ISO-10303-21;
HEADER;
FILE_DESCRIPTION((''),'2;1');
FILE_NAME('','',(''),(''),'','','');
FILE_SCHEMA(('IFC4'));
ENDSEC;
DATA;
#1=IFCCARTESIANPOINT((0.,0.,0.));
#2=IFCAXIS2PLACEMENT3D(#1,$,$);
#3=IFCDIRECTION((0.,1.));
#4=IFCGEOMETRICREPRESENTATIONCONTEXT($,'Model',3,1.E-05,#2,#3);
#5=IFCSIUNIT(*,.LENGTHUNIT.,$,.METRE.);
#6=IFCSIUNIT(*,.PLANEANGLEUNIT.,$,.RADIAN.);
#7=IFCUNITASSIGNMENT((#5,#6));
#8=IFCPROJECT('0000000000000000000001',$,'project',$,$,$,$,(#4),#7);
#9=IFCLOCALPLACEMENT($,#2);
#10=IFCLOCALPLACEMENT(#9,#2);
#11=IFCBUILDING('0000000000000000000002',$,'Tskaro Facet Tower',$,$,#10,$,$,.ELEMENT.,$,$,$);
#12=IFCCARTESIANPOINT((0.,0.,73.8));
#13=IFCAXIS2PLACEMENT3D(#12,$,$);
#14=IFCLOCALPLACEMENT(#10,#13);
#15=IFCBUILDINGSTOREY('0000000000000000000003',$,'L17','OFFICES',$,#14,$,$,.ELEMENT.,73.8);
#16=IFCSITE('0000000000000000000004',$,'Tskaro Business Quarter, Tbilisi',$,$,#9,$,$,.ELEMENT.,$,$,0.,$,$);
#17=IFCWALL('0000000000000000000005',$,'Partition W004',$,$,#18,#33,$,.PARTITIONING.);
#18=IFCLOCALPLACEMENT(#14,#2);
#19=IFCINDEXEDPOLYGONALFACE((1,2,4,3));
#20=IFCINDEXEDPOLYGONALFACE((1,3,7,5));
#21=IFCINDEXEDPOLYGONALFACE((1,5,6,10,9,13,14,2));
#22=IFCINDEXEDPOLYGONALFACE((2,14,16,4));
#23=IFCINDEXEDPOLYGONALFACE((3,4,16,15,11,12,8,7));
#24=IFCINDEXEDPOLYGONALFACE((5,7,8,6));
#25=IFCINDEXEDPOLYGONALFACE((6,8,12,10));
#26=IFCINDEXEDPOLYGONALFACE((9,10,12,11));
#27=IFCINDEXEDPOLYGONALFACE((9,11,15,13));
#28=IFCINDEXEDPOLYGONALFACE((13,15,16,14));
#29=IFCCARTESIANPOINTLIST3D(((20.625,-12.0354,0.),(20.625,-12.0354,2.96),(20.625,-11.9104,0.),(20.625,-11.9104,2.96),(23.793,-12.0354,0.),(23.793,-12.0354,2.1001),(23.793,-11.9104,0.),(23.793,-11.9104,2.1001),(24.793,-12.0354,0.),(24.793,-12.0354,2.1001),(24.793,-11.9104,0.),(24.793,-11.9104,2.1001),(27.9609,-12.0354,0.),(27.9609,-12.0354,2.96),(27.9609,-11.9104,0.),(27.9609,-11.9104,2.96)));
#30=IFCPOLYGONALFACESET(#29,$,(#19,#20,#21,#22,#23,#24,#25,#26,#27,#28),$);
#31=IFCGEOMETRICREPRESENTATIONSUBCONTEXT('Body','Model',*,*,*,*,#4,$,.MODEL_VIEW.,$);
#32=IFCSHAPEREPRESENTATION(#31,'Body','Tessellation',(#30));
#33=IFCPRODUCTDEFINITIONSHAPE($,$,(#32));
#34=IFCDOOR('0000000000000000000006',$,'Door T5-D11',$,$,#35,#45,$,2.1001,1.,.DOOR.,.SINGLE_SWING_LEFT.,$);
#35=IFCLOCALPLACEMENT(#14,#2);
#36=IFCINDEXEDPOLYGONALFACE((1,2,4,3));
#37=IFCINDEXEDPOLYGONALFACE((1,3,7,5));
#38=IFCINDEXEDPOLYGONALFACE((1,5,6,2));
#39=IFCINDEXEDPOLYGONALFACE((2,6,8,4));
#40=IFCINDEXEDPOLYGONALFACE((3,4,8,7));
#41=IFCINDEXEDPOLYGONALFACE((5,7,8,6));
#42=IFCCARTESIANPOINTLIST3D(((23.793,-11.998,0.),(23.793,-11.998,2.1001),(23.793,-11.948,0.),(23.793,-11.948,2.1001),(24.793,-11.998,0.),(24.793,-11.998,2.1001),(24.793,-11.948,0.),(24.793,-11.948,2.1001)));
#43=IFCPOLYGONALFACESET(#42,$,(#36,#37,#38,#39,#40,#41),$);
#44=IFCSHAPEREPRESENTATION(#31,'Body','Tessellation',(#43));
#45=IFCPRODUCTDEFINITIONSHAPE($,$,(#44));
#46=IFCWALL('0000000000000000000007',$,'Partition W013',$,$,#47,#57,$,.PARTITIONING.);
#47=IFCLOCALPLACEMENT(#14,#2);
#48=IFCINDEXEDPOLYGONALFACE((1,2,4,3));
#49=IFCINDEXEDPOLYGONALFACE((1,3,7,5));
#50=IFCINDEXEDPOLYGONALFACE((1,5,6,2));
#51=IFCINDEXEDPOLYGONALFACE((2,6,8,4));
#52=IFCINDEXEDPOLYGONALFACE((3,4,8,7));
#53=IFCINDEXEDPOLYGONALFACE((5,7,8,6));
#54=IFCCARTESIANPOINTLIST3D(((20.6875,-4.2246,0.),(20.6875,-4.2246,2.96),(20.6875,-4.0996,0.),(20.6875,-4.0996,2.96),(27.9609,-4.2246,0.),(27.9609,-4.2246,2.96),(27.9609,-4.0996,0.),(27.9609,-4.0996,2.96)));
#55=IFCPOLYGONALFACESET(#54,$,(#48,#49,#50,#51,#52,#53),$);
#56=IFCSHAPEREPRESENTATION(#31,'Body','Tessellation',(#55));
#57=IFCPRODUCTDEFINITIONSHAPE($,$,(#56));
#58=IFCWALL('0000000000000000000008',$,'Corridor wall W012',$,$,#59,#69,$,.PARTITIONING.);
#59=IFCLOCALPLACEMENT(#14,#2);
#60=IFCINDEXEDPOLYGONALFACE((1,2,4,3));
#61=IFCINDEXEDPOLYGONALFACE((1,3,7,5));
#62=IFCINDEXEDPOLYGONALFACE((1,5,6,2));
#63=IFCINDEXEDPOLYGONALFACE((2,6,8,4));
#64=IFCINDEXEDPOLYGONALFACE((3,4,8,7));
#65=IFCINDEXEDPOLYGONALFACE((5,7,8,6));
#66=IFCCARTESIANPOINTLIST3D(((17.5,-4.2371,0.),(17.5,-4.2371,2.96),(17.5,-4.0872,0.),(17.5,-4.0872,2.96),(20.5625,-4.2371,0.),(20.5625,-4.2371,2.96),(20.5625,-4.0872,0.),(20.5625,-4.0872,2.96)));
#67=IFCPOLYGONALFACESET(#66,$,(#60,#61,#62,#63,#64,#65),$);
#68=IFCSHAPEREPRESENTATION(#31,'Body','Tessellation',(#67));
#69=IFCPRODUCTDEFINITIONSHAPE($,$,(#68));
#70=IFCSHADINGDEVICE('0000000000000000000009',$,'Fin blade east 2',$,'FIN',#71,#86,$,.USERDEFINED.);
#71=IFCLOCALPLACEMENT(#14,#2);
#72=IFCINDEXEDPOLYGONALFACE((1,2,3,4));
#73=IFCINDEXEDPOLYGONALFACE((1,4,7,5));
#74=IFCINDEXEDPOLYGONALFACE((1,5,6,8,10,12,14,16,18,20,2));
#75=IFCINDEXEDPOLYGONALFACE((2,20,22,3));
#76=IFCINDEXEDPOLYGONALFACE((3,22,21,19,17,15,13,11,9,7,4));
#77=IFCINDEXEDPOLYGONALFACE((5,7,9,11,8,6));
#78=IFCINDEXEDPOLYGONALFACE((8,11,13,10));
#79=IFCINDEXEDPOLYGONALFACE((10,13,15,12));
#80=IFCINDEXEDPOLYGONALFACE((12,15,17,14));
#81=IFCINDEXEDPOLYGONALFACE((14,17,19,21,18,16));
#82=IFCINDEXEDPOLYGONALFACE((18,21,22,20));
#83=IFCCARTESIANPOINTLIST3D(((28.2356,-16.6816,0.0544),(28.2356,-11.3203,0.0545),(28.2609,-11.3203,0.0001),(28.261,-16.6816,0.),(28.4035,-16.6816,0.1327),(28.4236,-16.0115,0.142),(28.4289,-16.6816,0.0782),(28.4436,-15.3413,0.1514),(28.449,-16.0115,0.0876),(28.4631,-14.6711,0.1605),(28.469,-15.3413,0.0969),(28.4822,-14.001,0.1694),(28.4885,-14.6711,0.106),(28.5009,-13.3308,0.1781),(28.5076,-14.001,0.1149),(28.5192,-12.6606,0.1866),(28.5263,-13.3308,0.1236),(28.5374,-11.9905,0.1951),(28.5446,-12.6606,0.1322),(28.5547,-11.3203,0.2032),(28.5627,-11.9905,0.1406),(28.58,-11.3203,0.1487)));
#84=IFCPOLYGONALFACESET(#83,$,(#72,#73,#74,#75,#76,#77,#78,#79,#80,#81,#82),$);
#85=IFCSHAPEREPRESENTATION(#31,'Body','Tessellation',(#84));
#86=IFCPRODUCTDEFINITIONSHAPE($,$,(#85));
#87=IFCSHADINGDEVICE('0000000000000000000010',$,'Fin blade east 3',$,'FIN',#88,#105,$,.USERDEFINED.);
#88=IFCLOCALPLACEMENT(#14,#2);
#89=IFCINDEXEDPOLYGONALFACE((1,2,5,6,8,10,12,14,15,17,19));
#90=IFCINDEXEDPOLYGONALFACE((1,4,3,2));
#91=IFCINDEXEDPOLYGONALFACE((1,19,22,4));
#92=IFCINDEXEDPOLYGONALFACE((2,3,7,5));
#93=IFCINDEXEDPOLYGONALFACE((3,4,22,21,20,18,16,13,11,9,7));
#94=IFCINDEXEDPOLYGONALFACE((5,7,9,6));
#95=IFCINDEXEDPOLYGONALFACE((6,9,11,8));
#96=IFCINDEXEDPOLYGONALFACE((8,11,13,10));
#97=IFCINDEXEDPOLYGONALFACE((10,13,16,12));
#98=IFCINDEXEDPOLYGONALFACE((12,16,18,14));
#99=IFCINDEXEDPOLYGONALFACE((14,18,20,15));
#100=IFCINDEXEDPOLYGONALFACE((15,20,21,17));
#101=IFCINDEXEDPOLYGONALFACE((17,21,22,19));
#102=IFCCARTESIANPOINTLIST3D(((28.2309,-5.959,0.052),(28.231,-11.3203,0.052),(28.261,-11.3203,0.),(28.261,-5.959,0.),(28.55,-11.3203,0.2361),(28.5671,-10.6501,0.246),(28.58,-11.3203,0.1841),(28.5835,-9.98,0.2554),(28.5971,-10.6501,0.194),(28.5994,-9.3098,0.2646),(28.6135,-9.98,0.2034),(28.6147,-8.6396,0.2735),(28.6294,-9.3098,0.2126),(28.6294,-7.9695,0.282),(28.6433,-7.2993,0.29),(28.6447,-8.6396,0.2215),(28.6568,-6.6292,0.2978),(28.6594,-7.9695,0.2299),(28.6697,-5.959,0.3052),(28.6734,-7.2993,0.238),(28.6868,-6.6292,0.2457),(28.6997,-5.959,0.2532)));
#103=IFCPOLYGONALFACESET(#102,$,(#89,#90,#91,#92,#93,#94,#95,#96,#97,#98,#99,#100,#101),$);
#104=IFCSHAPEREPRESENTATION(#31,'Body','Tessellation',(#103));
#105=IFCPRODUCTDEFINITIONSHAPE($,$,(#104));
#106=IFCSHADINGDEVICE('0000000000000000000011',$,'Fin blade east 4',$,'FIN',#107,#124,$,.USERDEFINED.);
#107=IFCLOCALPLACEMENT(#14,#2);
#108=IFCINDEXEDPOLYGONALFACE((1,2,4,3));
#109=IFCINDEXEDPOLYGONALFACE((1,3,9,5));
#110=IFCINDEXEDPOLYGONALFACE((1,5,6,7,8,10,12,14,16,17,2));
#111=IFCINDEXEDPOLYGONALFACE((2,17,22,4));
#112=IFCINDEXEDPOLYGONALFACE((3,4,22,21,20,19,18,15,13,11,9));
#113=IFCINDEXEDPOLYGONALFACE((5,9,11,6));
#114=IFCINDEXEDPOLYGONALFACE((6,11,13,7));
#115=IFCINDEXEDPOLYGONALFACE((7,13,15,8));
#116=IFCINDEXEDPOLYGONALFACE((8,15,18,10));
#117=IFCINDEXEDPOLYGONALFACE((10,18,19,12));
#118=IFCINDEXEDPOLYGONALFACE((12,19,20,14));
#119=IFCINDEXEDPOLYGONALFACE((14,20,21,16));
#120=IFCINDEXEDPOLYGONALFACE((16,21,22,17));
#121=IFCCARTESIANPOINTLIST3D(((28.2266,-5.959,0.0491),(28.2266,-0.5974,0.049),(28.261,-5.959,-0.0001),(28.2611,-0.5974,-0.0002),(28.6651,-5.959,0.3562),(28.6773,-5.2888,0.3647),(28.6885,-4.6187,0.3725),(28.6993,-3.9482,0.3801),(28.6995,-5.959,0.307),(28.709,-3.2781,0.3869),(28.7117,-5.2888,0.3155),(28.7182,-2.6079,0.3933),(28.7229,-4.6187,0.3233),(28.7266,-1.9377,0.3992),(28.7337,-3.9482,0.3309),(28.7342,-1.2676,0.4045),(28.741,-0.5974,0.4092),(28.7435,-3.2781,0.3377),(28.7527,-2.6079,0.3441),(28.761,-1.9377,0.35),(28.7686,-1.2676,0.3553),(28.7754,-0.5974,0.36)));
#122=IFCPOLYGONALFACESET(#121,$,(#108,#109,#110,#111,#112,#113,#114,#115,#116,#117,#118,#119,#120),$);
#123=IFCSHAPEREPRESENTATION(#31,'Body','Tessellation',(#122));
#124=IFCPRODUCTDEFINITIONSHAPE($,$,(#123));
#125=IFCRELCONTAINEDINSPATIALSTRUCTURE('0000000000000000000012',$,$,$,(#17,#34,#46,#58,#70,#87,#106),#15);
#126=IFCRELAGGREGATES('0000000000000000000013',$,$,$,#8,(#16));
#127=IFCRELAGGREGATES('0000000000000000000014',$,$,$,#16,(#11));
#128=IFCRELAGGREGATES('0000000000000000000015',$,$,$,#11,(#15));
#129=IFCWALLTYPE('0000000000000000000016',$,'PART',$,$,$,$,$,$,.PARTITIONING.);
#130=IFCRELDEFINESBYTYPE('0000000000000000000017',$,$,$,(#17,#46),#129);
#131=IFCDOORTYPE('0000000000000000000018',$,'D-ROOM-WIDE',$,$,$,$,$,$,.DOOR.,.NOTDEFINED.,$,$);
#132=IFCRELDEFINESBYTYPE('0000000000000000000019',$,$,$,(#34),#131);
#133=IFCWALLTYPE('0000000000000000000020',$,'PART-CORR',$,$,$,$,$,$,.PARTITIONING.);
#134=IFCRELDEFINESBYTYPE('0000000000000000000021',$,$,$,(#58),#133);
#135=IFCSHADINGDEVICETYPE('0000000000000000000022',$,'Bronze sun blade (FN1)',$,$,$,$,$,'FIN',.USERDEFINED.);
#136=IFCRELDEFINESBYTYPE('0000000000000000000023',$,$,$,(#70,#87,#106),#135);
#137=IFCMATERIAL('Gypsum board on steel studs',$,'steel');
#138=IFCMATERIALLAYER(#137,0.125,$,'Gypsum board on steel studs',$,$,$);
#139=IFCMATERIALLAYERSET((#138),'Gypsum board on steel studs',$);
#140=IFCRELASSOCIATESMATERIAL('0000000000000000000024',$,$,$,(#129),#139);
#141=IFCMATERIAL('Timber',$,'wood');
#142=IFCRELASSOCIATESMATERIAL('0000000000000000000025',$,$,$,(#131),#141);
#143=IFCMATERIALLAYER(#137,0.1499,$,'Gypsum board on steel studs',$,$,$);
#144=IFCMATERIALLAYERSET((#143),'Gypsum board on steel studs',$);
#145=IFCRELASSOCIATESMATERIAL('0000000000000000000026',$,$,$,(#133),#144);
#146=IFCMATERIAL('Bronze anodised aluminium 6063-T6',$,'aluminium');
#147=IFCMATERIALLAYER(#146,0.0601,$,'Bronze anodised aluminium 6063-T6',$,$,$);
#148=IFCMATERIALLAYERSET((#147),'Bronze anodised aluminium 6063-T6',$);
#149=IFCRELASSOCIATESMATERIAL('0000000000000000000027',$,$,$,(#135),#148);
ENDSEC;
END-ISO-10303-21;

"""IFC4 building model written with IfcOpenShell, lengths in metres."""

from ifc_helpers import new_model, si_unit, direction, frame, frame_2d, origin, place, context, subcontext, project, spatial, polyline, rectangle, outline, extrude, material, layer, layer_set, type_object, element, fill, save


model = new_model("IFC4")

# Units and contexts
model_context = context("Model", 3, precision=1e-05, world=origin(), true_north=direction((0.0, 1.0)))
body_context = subcontext(model_context, "Body", "Model", "MODEL_VIEW")
ifc_project = project(units=[si_unit("LENGTHUNIT", "METRE"), si_unit("PLANEANGLEUNIT", "RADIAN")], contexts=[model_context])

# Site, building, storey
site_placement = place(None, origin())
site = spatial("IfcSite", under=ifc_project, at=site_placement, Name="Tskaro Business Quarter, Tbilisi", CompositionType="ELEMENT", RefElevation=0.0)
building_placement = place(site_placement, origin())
building = spatial("IfcBuilding", under=site, at=building_placement, Name="Tskaro Facet Tower", CompositionType="ELEMENT")
storey_placement = place(building_placement, frame((0.0, 0.0, 73.8)))
storey = spatial("IfcBuildingStorey", under=building, at=storey_placement, Name="L17", Description="OFFICES", CompositionType="ELEMENT", Elevation=73.8)

# Shared definitions
ifc_material_1 = material(Name="Bronze anodised aluminium 6063-T6", Category="aluminium")

# Wall, opening, door
ifc_material_2 = material(Name="Gypsum board on steel studs", Category="steel")
ifc_layer_1 = layer(ifc_material_2, 0.125, Name="Gypsum board on steel studs")
ifc_layer_set_1 = layer_set([ifc_layer_1], Name="Gypsum board on steel studs")
wall_type_1 = type_object("IfcWallType", Name="PART", PredefinedType="PARTITIONING", material=ifc_layer_set_1)
wall_1_placement = place(storey_placement, frame((20.625, -11.9729, 0.0), z_axis=(0.0, 0.0, 1.0), x_axis=(1.0, 0.0, 0.0)))
wall_1 = element("IfcWall", 1, at=wall_1_placement, inside=storey, type_object=wall_type_1, Name="Partition W004", PredefinedType="PARTITIONING", context=body_context, shape_type="SweptSolid", body=[
    extrude(rectangle(XDim=7.3359, YDim=0.125, at=frame_2d((3.668, 0.0))), origin(), (0.0, 0.0, 1.0), 2.96),
])
opening_placement = place(wall_1_placement, frame((3.168, 0.0, 0.0)))
opening = element("IfcOpeningElement", 2, at=opening_placement, cuts=wall_1, PredefinedType="OPENING", context=body_context, shape_type="SweptSolid", body=[
    extrude(rectangle(XDim=1.0, YDim=2.1001, at=frame_2d((0.5, 1.05))), frame((0.0, 0.0725, 0.0), z_axis=(0.0, -1.0, 0.0), x_axis=(1.0, 0.0, 0.0)), (0.0, 0.0, 1.0), 0.145),
])
ifc_material_3 = material(Name="Timber", Category="wood")
door_type = type_object("IfcDoorType", Name="D-ROOM-WIDE", OperationType="NOTDEFINED", PredefinedType="DOOR", material=ifc_material_3)
door_placement = place(opening_placement, origin())
door = element("IfcDoor", 3, at=door_placement, inside=storey, type_object=door_type, Name="Door T5-D11", OperationType="SINGLE_SWING_LEFT", OverallHeight=2.1001, OverallWidth=1.0, PredefinedType="DOOR", context=body_context, shape_type="SweptSolid", body=[
    extrude(rectangle(XDim=1.0, YDim=2.1001, at=frame_2d((0.5, 1.05))), frame((0.0, 0.0249, 0.0), z_axis=(0.0, -1.0, 0.0), x_axis=(1.0, 0.0, 0.0)), (0.0, 0.0, 1.0), 0.05),
])
fill(opening, door)

# Walls
wall_2_placement = place(storey_placement, frame((20.6875, -4.1621, 0.0), z_axis=(0.0, 0.0, 1.0), x_axis=(1.0, 0.0, 0.0)))
element("IfcWall", 4, at=wall_2_placement, inside=storey, type_object=wall_type_1, Name="Partition W013", PredefinedType="PARTITIONING", context=body_context, shape_type="SweptSolid", body=[
    extrude(rectangle(XDim=7.2734, YDim=0.125, at=frame_2d((3.6367, 0.0))), origin(), (0.0, 0.0, 1.0), 2.96),
])
ifc_layer_2 = layer(ifc_material_2, 0.1499, Name="Gypsum board on steel studs")
ifc_layer_set_2 = layer_set([ifc_layer_2], Name="Gypsum board on steel studs")
wall_type_2 = type_object("IfcWallType", Name="PART-CORR", PredefinedType="PARTITIONING", material=ifc_layer_set_2)
wall_3_placement = place(storey_placement, frame((17.5, -4.1621, 0.0), z_axis=(0.0, 0.0, 1.0), x_axis=(1.0, 0.0, 0.0)))
element("IfcWall", 5, at=wall_3_placement, inside=storey, type_object=wall_type_2, Name="Corridor wall W012", PredefinedType="PARTITIONING", context=body_context, shape_type="SweptSolid", body=[
    extrude(rectangle(XDim=3.0625, YDim=0.1499, at=frame_2d((1.5312, 0.0))), origin(), (0.0, 0.0, 1.0), 2.96),
])

# Shading devices
ifc_layer_3 = layer(ifc_material_1, 0.0601, Name="Bronze anodised aluminium 6063-T6")
ifc_layer_set_3 = layer_set([ifc_layer_3], Name="Bronze anodised aluminium 6063-T6")
shading_device_type = type_object("IfcShadingDeviceType", Name="Bronze sun blade (FN1)", ElementType="FIN", PredefinedType="USERDEFINED", material=ifc_layer_set_3)
shading_device_1_placement = place(storey_placement, frame((28.2356, -16.6816, 0.0544), z_axis=(-0.422281, -0.000011, 0.906465), x_axis=(-0.000004, 1.0, 0.00001)))
element("IfcShadingDevice", 6, at=shading_device_1_placement, inside=storey, type_object=shading_device_type, Name="Fin blade east 2", ObjectType="FIN", PredefinedType="USERDEFINED", context=body_context, shape_type="SweptSolid", body=[
    extrude(outline(polyline([(0.0, 0.0), (5.3613, 0.0), (5.3613, -0.352), (4.6912, -0.3329), (4.021, -0.3129), (3.3508, -0.2927), (2.6807, -0.2721), (2.0105, -0.251), (1.3403, -0.2295), (0.6702, -0.2074), (0.0, -0.1852), (0.0, 0.0)])), origin(), (0.0, 0.0, -1.0), 0.0601),
])
shading_device_2_placement = place(storey_placement, frame((28.231, -11.3203, 0.052), z_axis=(-0.499826, -0.000004, 0.866126), x_axis=(-0.000002, 1.0, 0.000003)))
element("IfcShadingDevice", 7, at=shading_device_2_placement, inside=storey, type_object=shading_device_type, Name="Fin blade east 3", ObjectType="FIN", PredefinedType="USERDEFINED", context=body_context, shape_type="SweptSolid", body=[
    extrude(outline(polyline([(0.0, 0.0), (5.3613, 0.0), (5.3613, -0.5065), (4.6912, -0.4917), (4.021, -0.4761), (3.3508, -0.46), (2.6807, -0.4431), (2.0105, -0.4254), (1.3403, -0.407), (0.6702, -0.3881), (0.0, -0.3684), (0.0, 0.0)])), origin(), (0.0, 0.0, -1.0), 0.0601),
])
shading_device_3_placement = place(storey_placement, frame((28.2266, -5.959, 0.0491), z_axis=(-0.573628, 0.000015, 0.819116), x_axis=(0.000009, 1.0, -0.000013)))
element("IfcShadingDevice", 8, at=shading_device_3_placement, inside=storey, type_object=shading_device_type, Name="Fin blade east 4", ObjectType="FIN", PredefinedType="USERDEFINED", context=body_context, shape_type="SweptSolid", body=[
    extrude(outline(polyline([(0.0, 0.0), (5.3616, 0.0), (5.3616, -0.6279), (4.6914, -0.6197), (4.0212, -0.6104), (3.3511, -0.6002), (2.6809, -0.589), (2.0107, -0.5771), (1.3403, -0.5639), (0.6702, -0.5502), (0.0, -0.5353), (0.0, 0.0)])), origin(), (0.0, 0.0, -1.0), 0.0601),
])

save(model, "model.ifc")
